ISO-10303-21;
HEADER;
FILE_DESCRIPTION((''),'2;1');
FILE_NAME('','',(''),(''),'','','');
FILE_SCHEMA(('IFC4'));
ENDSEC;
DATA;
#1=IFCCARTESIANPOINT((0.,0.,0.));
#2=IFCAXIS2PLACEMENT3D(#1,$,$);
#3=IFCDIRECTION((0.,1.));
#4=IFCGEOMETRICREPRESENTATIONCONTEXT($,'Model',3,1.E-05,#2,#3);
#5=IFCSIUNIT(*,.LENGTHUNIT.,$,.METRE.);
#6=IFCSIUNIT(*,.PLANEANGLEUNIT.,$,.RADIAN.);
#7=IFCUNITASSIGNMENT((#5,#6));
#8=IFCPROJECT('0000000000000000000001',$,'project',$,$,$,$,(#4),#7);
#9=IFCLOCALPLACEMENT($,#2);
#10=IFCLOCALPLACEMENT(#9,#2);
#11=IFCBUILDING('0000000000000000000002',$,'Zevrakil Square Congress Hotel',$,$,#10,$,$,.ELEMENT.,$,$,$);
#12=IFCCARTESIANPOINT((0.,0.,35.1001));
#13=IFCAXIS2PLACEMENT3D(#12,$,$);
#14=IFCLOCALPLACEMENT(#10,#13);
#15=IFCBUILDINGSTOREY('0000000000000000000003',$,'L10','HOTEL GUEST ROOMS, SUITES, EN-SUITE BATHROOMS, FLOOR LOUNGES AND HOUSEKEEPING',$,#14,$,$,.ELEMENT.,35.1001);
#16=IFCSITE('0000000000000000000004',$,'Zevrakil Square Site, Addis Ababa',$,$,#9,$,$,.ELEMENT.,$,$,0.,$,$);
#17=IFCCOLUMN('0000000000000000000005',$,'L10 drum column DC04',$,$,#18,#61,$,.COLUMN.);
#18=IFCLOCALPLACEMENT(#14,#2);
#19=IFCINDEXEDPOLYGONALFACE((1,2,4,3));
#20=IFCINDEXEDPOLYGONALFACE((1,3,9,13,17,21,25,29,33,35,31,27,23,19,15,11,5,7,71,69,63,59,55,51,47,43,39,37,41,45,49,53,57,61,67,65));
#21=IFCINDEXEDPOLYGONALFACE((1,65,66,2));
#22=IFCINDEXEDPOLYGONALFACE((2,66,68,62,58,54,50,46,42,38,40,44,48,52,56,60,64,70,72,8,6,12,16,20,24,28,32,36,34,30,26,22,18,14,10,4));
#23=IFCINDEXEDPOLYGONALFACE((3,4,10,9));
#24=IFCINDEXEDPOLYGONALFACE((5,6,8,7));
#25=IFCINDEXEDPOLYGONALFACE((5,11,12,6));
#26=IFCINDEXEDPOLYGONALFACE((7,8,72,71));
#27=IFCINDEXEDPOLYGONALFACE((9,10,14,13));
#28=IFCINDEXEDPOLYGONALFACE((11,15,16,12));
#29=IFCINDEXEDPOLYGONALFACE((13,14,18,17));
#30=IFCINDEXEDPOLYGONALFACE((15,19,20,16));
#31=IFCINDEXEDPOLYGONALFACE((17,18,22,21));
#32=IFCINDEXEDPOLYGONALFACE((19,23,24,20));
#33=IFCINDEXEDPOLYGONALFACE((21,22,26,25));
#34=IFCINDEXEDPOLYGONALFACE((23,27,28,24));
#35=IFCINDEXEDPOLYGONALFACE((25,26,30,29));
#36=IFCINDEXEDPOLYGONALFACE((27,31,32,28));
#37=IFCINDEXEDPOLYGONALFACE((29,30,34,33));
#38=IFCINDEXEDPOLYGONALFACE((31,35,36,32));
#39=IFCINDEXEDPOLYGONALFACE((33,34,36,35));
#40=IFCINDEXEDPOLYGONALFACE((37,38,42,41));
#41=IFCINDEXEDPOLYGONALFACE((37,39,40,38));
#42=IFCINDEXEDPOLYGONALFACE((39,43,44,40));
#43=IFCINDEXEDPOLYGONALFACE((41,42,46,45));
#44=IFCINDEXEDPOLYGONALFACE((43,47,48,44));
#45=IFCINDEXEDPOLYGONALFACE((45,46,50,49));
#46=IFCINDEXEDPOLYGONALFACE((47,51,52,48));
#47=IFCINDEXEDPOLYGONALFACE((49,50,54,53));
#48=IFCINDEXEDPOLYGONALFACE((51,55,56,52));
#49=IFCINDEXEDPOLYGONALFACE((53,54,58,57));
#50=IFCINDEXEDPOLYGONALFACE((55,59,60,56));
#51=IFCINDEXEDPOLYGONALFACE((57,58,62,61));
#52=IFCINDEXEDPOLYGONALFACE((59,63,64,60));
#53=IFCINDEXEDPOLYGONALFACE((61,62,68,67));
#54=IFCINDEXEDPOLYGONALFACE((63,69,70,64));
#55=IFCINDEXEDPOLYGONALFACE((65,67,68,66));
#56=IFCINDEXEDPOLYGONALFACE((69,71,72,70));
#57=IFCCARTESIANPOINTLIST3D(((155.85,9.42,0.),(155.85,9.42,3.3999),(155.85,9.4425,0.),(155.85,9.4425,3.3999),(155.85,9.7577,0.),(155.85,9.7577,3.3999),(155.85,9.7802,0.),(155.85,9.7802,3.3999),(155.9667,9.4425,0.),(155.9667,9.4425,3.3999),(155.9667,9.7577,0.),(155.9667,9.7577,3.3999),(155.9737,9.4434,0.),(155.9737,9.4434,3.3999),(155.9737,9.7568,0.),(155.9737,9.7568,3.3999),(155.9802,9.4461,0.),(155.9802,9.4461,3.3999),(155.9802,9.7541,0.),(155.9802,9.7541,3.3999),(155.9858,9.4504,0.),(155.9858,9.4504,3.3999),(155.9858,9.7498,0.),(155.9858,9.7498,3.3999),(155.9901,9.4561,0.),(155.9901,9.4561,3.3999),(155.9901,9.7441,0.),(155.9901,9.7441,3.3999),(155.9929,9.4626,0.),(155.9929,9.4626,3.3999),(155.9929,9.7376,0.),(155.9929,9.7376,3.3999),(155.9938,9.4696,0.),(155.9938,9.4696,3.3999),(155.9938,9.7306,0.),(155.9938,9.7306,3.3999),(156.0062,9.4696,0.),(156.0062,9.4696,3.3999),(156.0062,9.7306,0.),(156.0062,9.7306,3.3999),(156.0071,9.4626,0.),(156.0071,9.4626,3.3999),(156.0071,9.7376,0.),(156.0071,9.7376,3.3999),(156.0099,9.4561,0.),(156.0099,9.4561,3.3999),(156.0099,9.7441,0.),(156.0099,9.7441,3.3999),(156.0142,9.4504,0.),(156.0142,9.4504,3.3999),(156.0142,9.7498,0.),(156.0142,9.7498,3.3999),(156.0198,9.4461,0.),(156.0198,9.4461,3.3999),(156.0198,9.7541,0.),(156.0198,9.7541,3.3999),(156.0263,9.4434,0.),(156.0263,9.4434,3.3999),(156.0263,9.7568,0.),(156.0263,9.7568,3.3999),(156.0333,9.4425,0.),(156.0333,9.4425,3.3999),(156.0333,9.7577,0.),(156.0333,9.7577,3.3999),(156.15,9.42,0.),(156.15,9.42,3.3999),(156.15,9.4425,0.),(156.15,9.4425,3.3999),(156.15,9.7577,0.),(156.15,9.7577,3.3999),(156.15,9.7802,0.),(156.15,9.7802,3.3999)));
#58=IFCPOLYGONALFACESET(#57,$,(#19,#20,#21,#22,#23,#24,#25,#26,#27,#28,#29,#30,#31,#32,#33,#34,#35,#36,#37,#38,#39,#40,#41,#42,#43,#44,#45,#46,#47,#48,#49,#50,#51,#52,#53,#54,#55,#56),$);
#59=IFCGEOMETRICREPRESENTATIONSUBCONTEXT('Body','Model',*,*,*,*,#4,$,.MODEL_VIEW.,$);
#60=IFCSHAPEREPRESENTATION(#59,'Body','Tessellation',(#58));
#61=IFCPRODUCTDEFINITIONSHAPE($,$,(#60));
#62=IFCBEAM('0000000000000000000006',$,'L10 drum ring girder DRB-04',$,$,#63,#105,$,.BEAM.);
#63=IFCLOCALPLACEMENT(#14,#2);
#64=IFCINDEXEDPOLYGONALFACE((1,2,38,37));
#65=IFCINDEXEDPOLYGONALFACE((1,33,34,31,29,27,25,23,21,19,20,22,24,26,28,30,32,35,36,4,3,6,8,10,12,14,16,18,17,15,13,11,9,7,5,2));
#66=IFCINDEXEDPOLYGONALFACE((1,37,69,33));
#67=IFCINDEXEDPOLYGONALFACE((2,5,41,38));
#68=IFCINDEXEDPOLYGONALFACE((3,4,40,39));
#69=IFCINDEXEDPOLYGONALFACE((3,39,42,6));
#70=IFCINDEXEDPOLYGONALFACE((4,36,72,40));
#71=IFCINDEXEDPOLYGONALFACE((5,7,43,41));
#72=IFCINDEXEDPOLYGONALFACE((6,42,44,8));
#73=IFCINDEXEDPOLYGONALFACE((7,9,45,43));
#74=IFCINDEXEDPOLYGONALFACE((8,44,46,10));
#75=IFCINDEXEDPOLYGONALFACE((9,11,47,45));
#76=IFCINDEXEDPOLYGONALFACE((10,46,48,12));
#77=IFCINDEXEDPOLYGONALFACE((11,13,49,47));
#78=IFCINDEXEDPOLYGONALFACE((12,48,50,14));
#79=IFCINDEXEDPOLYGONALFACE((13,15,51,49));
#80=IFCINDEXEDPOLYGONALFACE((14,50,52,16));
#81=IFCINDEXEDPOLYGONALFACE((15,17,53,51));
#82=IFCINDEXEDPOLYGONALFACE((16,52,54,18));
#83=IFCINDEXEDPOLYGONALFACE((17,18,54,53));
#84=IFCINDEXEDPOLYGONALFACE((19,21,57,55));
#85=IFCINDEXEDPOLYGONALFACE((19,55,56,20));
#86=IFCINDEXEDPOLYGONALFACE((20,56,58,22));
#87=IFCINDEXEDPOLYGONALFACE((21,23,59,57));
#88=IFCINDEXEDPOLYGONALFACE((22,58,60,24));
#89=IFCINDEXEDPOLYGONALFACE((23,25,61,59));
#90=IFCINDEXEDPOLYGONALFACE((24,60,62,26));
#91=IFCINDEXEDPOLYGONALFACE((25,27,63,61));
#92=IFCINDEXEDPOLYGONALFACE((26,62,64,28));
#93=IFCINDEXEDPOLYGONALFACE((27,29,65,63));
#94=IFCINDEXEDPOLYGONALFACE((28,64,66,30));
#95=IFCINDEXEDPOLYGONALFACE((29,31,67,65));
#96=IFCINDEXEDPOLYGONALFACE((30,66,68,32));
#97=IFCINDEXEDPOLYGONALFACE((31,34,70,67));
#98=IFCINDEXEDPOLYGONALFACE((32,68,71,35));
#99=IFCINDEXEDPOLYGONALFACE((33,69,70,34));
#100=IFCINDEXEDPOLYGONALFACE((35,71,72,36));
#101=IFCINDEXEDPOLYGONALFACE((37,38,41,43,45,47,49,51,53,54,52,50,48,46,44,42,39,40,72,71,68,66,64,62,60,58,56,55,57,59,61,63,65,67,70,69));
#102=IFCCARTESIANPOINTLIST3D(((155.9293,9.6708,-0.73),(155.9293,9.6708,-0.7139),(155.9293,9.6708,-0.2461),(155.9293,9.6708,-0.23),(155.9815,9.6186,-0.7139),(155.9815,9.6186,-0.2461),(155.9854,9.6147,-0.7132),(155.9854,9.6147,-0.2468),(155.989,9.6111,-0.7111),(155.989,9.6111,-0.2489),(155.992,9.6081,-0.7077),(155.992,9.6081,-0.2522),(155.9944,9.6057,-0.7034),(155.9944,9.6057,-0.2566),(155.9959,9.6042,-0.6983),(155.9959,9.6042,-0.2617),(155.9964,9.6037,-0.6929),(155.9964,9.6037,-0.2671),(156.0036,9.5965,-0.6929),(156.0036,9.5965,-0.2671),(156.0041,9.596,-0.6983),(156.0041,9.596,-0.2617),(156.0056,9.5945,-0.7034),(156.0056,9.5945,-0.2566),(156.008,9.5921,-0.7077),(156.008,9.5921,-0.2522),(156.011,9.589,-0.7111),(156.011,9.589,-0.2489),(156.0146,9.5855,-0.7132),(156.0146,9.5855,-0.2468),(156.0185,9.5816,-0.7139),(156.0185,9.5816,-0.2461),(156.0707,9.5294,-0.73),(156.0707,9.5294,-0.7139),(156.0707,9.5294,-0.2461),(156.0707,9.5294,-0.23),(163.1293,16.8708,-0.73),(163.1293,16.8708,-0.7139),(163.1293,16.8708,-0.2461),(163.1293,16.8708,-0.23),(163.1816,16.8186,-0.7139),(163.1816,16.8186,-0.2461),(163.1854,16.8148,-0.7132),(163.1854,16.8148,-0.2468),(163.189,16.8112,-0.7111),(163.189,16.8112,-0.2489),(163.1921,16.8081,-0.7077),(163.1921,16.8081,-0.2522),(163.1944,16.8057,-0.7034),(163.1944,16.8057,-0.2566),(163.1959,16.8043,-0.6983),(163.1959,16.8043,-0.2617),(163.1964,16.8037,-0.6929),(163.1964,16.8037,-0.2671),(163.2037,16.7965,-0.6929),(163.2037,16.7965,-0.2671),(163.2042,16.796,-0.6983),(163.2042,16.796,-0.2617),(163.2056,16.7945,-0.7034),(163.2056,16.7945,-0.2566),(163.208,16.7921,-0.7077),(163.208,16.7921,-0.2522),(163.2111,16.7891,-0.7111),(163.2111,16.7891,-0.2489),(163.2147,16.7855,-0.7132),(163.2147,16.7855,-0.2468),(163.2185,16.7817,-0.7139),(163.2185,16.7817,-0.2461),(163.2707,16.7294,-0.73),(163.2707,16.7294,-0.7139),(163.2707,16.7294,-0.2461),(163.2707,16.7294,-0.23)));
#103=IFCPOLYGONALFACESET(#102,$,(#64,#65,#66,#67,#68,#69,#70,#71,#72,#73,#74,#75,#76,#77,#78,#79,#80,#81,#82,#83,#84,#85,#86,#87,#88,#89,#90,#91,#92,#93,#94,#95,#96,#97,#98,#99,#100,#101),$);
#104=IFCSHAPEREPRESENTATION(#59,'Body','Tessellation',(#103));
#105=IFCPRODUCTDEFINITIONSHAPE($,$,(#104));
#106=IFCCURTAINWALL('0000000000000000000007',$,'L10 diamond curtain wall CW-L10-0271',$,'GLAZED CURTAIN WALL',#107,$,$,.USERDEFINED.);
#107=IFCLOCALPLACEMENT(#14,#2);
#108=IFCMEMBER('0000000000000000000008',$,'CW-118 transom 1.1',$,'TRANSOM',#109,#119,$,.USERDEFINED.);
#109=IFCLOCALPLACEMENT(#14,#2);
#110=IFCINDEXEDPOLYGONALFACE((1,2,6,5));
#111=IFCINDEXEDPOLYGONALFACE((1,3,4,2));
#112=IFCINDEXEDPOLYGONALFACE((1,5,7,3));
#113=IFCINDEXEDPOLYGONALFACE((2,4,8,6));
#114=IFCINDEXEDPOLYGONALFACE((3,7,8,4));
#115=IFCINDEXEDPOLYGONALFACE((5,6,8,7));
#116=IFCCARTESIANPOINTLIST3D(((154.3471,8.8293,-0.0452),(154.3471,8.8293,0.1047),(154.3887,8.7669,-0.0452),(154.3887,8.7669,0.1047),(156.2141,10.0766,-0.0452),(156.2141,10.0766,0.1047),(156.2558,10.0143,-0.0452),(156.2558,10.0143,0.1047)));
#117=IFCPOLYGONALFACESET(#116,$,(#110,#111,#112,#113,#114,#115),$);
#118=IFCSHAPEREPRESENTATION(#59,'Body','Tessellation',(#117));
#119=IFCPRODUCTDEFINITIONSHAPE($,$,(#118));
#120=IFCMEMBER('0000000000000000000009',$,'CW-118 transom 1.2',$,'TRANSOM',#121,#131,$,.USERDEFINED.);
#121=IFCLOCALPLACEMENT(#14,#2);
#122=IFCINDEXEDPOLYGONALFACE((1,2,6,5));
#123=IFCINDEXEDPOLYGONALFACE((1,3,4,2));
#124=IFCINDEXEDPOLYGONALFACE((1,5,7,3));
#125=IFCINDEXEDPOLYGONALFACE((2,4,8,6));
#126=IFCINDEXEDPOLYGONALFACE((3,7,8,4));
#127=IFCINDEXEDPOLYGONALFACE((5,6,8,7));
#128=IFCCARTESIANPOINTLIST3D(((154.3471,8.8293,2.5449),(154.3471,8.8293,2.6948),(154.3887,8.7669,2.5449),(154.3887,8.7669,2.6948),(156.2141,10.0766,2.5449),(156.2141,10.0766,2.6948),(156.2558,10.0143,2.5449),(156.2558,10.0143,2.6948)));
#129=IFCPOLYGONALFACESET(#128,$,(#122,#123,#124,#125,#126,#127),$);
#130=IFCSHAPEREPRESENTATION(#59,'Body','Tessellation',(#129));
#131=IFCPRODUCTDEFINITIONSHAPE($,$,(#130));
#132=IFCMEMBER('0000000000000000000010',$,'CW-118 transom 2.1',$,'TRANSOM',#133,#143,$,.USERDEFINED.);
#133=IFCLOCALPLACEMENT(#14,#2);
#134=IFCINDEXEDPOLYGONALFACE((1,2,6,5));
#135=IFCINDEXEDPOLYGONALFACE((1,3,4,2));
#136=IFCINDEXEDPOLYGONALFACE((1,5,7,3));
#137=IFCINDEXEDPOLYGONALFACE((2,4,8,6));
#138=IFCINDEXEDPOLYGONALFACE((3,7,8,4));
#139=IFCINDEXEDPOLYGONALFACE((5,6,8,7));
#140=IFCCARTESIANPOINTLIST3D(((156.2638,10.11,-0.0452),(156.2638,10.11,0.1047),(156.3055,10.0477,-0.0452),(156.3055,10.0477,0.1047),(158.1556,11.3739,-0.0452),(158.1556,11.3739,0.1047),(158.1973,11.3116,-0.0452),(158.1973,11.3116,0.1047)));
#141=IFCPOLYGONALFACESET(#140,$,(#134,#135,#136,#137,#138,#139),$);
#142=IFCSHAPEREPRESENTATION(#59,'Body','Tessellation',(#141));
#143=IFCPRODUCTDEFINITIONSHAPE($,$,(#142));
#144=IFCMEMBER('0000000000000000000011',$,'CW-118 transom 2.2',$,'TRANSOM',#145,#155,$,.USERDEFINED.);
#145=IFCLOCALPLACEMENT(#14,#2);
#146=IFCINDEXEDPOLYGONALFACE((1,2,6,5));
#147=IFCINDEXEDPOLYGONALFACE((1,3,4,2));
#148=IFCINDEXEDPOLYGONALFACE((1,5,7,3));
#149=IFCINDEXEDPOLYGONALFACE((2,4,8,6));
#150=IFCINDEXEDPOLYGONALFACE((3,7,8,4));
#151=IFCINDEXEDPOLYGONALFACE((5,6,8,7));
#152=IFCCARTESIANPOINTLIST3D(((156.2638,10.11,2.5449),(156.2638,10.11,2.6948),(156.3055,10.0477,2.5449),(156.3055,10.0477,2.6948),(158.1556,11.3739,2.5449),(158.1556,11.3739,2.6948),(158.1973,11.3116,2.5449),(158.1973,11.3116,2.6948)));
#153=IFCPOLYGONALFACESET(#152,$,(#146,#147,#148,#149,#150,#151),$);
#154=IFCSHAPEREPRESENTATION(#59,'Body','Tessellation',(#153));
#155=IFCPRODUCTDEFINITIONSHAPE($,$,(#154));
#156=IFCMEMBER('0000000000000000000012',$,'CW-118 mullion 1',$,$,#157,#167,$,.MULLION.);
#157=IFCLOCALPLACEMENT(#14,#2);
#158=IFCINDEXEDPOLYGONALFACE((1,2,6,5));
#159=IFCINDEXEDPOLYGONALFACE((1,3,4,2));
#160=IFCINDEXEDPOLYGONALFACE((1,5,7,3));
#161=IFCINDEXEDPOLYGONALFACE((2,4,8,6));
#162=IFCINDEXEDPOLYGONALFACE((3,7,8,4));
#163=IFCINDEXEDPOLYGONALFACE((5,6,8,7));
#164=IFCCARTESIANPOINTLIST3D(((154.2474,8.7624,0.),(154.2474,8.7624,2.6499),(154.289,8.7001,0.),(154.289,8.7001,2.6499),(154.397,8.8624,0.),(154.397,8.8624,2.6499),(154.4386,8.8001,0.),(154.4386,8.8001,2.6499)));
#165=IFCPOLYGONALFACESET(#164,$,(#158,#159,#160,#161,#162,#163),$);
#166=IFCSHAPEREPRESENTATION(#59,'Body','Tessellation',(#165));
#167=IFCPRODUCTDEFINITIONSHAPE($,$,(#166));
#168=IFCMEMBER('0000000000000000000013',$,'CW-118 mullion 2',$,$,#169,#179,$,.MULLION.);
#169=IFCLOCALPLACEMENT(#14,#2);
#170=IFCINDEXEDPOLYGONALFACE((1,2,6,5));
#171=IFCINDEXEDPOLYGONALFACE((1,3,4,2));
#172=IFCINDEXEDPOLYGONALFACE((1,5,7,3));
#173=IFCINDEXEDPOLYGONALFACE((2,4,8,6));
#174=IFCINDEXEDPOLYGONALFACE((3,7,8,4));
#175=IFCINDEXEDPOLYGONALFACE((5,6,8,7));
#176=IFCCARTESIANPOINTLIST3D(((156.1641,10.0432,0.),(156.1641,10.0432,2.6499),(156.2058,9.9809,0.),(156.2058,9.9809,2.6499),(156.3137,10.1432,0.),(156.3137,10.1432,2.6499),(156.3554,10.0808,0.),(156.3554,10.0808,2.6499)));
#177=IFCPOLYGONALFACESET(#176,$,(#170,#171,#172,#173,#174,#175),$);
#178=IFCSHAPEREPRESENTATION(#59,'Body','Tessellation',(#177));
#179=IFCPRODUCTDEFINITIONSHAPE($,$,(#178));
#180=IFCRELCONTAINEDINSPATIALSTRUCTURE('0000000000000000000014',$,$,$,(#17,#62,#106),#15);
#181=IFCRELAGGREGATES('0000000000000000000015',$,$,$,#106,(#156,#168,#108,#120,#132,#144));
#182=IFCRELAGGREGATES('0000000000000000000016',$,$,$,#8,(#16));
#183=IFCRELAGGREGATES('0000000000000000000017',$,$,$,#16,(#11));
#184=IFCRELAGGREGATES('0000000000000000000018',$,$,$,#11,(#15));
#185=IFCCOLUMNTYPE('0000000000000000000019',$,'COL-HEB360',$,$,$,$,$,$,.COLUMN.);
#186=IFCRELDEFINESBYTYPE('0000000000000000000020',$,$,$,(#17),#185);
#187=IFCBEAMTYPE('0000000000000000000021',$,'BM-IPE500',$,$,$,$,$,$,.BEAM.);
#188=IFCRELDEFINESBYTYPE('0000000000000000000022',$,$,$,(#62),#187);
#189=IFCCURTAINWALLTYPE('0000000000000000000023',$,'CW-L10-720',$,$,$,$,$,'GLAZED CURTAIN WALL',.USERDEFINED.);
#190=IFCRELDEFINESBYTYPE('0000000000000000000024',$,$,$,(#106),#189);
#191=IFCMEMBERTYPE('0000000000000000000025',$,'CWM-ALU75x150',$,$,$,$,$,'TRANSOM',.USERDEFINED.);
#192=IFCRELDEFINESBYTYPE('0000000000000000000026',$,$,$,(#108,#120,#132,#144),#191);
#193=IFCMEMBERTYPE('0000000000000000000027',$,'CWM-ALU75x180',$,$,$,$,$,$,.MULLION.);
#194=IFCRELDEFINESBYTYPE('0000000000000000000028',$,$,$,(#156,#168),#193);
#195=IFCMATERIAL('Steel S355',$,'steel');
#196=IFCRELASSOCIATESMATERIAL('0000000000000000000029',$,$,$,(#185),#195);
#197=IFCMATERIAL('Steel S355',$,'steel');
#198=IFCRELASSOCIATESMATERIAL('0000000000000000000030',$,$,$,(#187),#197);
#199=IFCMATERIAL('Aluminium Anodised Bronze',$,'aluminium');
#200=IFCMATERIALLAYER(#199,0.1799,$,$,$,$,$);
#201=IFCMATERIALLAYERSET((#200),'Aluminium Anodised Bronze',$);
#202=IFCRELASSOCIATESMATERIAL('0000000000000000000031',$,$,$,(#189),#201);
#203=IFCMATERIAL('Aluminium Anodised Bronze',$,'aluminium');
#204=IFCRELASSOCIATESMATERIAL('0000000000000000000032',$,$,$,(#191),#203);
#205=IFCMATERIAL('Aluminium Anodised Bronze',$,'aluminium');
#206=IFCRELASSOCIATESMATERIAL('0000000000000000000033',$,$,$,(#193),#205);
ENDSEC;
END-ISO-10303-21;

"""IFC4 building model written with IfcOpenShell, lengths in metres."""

from ifc_helpers import new_model, si_unit, direction, frame, origin, origin_2d, place, context, subcontext, project, spatial, rectangle, i_section, extrude, material, layer, layer_set, material_profile, profile_set, type_object, element, aggregate, save


model = new_model("IFC4")

# Units and contexts
model_context = context("Model", 3, precision=1e-05, world=origin(), true_north=direction((0.0, 1.0)))
body_context = subcontext(model_context, "Body", "Model", "MODEL_VIEW")
ifc_project = project(units=[si_unit("LENGTHUNIT", "METRE"), si_unit("PLANEANGLEUNIT", "RADIAN")], contexts=[model_context])

# Site, building, storey
site_placement = place(None, origin())
site = spatial("IfcSite", under=ifc_project, at=site_placement, Name="Zevrakil Square Site, Addis Ababa", CompositionType="ELEMENT", RefElevation=0.0)
building_placement = place(site_placement, origin())
building = spatial("IfcBuilding", under=site, at=building_placement, Name="Zevrakil Square Congress Hotel", CompositionType="ELEMENT")
storey_placement = place(building_placement, frame((0.0, 0.0, 35.1001)))
storey = spatial("IfcBuildingStorey", under=building, at=storey_placement, Name="L10", Description="HOTEL GUEST ROOMS, SUITES, EN-SUITE BATHROOMS, FLOOR LOUNGES AND HOUSEKEEPING", CompositionType="ELEMENT", Elevation=35.1001)

# Column
ifc_material_1 = material(Name="Steel S355", Category="steel")
ifc_material_profile_1 = material_profile(ifc_material_1, i_section(OverallWidth=0.3, OverallDepth=0.3601, WebThickness=0.0125, FlangeThickness=0.0225, FilletRadius=0.0271, at=origin_2d()), Name="HEB 360")
ifc_profile_set_1 = profile_set([ifc_material_profile_1], Name="Steel S355")
column_type = type_object("IfcColumnType", Name="COL-HEB360", PredefinedType="COLUMN", material=ifc_profile_set_1)
column_placement = place(storey_placement, frame((156.0, 9.6001, 0.0), z_axis=(0.0, 0.0, 1.0), x_axis=(1.0, 0.0, 0.0)))
element("IfcColumn", 1, at=column_placement, inside=storey, type_object=column_type, Name="L10 drum column DC04", PredefinedType="COLUMN", context=body_context, shape_type="SweptSolid", body=[
    extrude(i_section(OverallWidth=0.3, OverallDepth=0.3601, WebThickness=0.0125, FlangeThickness=0.0225, FilletRadius=0.0271, at=origin_2d()), origin(), (0.0, 0.0, 1.0), 3.3999),
])

# Beam
ifc_material_2 = material(Name="Steel S355", Category="steel")
ifc_material_profile_2 = material_profile(ifc_material_2, i_section(OverallWidth=0.2, OverallDepth=0.5, WebThickness=0.0103, FlangeThickness=0.0161, FilletRadius=0.021, at=origin_2d()), Name="IPE 500")
ifc_profile_set_2 = profile_set([ifc_material_profile_2], Name="Steel S355")
beam_type_1 = type_object("IfcBeamType", Name="BM-IPE500", PredefinedType="BEAM", material=ifc_profile_set_2)
beam_1_placement = place(storey_placement, frame((156.0, 9.6001, -0.48), z_axis=(0.707107, 0.707107, 0.0), x_axis=(-0.707107, 0.707107, 0.0)))
element("IfcBeam", 2, at=beam_1_placement, inside=storey, type_object=beam_type_1, Name="L10 drum ring girder DRB-04", PredefinedType="BEAM", context=body_context, shape_type="SweptSolid", body=[
    extrude(i_section(OverallWidth=0.2, OverallDepth=0.5, WebThickness=0.0103, FlangeThickness=0.0161, FilletRadius=0.021, at=origin_2d()), origin(), (0.0, 0.0, 1.0), 10.1824),
])

# Curtain wall, members
ifc_material_3 = material(Name="Aluminium Anodised Bronze", Category="aluminium")
ifc_layer_1 = layer(ifc_material_3, 0.1799)
ifc_layer_set_1 = layer_set([ifc_layer_1], Name="Aluminium Anodised Bronze")
curtain_wall_type = type_object("IfcCurtainWallType", Name="CW-L10-720", ElementType="GLAZED CURTAIN WALL", PredefinedType="USERDEFINED", material=ifc_layer_set_1)
curtain_wall_placement = place(storey_placement, origin())
curtain_wall = element("IfcCurtainWall", 3, at=curtain_wall_placement, inside=storey, type_object=curtain_wall_type, Name="L10 diamond curtain wall CW-L10-0271", ObjectType="GLAZED CURTAIN WALL", PredefinedType="USERDEFINED")
ifc_material_4 = material(Name="Aluminium Anodised Bronze", Category="aluminium")
ifc_material_profile_3 = material_profile(ifc_material_4, rectangle(XDim=0.075, YDim=0.1499, at=origin_2d()), Name="ALU 75x150")
ifc_profile_set_3 = profile_set([ifc_material_profile_3], Name="Aluminium Anodised Bronze")
member_type_1 = type_object("IfcMemberType", Name="CWM-ALU75x150", ElementType="TRANSOM", PredefinedType="USERDEFINED", material=ifc_profile_set_3)
member_1_placement = place(storey_placement, frame((154.3679, 8.7981, 0.0298), z_axis=(0.831498, 0.555528, 0.0), x_axis=(-0.555528, 0.831498, 0.0)))
member_1 = element("IfcMember", 4, at=member_1_placement, type_object=member_type_1, Name="CW-118 transom 1.1", ObjectType="TRANSOM", PredefinedType="USERDEFINED", context=body_context, shape_type="SweptSolid", body=[
    extrude(rectangle(XDim=0.075, YDim=0.1499, at=origin_2d()), origin(), (0.0, 0.0, 1.0), 2.2454),
])
member_2_placement = place(storey_placement, frame((154.3679, 8.7981, 2.6199), z_axis=(0.831498, 0.555528, 0.0), x_axis=(-0.555528, 0.831498, 0.0)))
member_2 = element("IfcMember", 5, at=member_2_placement, type_object=member_type_1, Name="CW-118 transom 1.2", ObjectType="TRANSOM", PredefinedType="USERDEFINED", context=body_context, shape_type="SweptSolid", body=[
    extrude(rectangle(XDim=0.075, YDim=0.1499, at=origin_2d()), origin(), (0.0, 0.0, 1.0), 2.2454),
])
member_3_placement = place(storey_placement, frame((156.2847, 10.0789, 0.0298), z_axis=(0.831505, 0.555517, 0.0), x_axis=(-0.555517, 0.831505, 0.0)))
member_3 = element("IfcMember", 6, at=member_3_placement, type_object=member_type_1, Name="CW-118 transom 2.1", ObjectType="TRANSOM", PredefinedType="USERDEFINED", context=body_context, shape_type="SweptSolid", body=[
    extrude(rectangle(XDim=0.075, YDim=0.1499, at=origin_2d()), origin(), (0.0, 0.0, 1.0), 2.2751),
])
member_4_placement = place(storey_placement, frame((156.2847, 10.0789, 2.6199), z_axis=(0.831505, 0.555517, 0.0), x_axis=(-0.555517, 0.831505, 0.0)))
member_4 = element("IfcMember", 7, at=member_4_placement, type_object=member_type_1, Name="CW-118 transom 2.2", ObjectType="TRANSOM", PredefinedType="USERDEFINED", context=body_context, shape_type="SweptSolid", body=[
    extrude(rectangle(XDim=0.075, YDim=0.1499, at=origin_2d()), origin(), (0.0, 0.0, 1.0), 2.2751),
])
ifc_material_5 = material(Name="Aluminium Anodised Bronze", Category="aluminium")
ifc_material_profile_4 = material_profile(ifc_material_5, rectangle(XDim=0.075, YDim=0.1799, at=origin_2d()), Name="ALU 75x180")
ifc_profile_set_4 = profile_set([ifc_material_profile_4], Name="Aluminium Anodised Bronze")
member_type_2 = type_object("IfcMemberType", Name="CWM-ALU75x180", PredefinedType="MULLION", material=ifc_profile_set_4)
member_5_placement = place(storey_placement, frame((154.343, 8.7812, 0.0), z_axis=(0.0, 0.0, 1.0), x_axis=(-0.555576, 0.831466, 0.0)))
member_5 = element("IfcMember", 8, at=member_5_placement, type_object=member_type_2, Name="CW-118 mullion 1", PredefinedType="MULLION", context=body_context, shape_type="SweptSolid", body=[
    extrude(rectangle(XDim=0.075, YDim=0.1799, at=origin_2d()), origin(), (0.0, 0.0, 1.0), 2.6499),
])
member_6_placement = place(storey_placement, frame((156.2598, 10.062, 0.0), z_axis=(0.0, 0.0, 1.0), x_axis=(-0.555576, 0.831466, 0.0)))
member_6 = element("IfcMember", 9, at=member_6_placement, type_object=member_type_2, Name="CW-118 mullion 2", PredefinedType="MULLION", context=body_context, shape_type="SweptSolid", body=[
    extrude(rectangle(XDim=0.075, YDim=0.1799, at=origin_2d()), origin(), (0.0, 0.0, 1.0), 2.6499),
])

aggregate(curtain_wall, [member_5, member_6, member_1, member_2, member_3, member_4])

save(model, "model.ifc")
